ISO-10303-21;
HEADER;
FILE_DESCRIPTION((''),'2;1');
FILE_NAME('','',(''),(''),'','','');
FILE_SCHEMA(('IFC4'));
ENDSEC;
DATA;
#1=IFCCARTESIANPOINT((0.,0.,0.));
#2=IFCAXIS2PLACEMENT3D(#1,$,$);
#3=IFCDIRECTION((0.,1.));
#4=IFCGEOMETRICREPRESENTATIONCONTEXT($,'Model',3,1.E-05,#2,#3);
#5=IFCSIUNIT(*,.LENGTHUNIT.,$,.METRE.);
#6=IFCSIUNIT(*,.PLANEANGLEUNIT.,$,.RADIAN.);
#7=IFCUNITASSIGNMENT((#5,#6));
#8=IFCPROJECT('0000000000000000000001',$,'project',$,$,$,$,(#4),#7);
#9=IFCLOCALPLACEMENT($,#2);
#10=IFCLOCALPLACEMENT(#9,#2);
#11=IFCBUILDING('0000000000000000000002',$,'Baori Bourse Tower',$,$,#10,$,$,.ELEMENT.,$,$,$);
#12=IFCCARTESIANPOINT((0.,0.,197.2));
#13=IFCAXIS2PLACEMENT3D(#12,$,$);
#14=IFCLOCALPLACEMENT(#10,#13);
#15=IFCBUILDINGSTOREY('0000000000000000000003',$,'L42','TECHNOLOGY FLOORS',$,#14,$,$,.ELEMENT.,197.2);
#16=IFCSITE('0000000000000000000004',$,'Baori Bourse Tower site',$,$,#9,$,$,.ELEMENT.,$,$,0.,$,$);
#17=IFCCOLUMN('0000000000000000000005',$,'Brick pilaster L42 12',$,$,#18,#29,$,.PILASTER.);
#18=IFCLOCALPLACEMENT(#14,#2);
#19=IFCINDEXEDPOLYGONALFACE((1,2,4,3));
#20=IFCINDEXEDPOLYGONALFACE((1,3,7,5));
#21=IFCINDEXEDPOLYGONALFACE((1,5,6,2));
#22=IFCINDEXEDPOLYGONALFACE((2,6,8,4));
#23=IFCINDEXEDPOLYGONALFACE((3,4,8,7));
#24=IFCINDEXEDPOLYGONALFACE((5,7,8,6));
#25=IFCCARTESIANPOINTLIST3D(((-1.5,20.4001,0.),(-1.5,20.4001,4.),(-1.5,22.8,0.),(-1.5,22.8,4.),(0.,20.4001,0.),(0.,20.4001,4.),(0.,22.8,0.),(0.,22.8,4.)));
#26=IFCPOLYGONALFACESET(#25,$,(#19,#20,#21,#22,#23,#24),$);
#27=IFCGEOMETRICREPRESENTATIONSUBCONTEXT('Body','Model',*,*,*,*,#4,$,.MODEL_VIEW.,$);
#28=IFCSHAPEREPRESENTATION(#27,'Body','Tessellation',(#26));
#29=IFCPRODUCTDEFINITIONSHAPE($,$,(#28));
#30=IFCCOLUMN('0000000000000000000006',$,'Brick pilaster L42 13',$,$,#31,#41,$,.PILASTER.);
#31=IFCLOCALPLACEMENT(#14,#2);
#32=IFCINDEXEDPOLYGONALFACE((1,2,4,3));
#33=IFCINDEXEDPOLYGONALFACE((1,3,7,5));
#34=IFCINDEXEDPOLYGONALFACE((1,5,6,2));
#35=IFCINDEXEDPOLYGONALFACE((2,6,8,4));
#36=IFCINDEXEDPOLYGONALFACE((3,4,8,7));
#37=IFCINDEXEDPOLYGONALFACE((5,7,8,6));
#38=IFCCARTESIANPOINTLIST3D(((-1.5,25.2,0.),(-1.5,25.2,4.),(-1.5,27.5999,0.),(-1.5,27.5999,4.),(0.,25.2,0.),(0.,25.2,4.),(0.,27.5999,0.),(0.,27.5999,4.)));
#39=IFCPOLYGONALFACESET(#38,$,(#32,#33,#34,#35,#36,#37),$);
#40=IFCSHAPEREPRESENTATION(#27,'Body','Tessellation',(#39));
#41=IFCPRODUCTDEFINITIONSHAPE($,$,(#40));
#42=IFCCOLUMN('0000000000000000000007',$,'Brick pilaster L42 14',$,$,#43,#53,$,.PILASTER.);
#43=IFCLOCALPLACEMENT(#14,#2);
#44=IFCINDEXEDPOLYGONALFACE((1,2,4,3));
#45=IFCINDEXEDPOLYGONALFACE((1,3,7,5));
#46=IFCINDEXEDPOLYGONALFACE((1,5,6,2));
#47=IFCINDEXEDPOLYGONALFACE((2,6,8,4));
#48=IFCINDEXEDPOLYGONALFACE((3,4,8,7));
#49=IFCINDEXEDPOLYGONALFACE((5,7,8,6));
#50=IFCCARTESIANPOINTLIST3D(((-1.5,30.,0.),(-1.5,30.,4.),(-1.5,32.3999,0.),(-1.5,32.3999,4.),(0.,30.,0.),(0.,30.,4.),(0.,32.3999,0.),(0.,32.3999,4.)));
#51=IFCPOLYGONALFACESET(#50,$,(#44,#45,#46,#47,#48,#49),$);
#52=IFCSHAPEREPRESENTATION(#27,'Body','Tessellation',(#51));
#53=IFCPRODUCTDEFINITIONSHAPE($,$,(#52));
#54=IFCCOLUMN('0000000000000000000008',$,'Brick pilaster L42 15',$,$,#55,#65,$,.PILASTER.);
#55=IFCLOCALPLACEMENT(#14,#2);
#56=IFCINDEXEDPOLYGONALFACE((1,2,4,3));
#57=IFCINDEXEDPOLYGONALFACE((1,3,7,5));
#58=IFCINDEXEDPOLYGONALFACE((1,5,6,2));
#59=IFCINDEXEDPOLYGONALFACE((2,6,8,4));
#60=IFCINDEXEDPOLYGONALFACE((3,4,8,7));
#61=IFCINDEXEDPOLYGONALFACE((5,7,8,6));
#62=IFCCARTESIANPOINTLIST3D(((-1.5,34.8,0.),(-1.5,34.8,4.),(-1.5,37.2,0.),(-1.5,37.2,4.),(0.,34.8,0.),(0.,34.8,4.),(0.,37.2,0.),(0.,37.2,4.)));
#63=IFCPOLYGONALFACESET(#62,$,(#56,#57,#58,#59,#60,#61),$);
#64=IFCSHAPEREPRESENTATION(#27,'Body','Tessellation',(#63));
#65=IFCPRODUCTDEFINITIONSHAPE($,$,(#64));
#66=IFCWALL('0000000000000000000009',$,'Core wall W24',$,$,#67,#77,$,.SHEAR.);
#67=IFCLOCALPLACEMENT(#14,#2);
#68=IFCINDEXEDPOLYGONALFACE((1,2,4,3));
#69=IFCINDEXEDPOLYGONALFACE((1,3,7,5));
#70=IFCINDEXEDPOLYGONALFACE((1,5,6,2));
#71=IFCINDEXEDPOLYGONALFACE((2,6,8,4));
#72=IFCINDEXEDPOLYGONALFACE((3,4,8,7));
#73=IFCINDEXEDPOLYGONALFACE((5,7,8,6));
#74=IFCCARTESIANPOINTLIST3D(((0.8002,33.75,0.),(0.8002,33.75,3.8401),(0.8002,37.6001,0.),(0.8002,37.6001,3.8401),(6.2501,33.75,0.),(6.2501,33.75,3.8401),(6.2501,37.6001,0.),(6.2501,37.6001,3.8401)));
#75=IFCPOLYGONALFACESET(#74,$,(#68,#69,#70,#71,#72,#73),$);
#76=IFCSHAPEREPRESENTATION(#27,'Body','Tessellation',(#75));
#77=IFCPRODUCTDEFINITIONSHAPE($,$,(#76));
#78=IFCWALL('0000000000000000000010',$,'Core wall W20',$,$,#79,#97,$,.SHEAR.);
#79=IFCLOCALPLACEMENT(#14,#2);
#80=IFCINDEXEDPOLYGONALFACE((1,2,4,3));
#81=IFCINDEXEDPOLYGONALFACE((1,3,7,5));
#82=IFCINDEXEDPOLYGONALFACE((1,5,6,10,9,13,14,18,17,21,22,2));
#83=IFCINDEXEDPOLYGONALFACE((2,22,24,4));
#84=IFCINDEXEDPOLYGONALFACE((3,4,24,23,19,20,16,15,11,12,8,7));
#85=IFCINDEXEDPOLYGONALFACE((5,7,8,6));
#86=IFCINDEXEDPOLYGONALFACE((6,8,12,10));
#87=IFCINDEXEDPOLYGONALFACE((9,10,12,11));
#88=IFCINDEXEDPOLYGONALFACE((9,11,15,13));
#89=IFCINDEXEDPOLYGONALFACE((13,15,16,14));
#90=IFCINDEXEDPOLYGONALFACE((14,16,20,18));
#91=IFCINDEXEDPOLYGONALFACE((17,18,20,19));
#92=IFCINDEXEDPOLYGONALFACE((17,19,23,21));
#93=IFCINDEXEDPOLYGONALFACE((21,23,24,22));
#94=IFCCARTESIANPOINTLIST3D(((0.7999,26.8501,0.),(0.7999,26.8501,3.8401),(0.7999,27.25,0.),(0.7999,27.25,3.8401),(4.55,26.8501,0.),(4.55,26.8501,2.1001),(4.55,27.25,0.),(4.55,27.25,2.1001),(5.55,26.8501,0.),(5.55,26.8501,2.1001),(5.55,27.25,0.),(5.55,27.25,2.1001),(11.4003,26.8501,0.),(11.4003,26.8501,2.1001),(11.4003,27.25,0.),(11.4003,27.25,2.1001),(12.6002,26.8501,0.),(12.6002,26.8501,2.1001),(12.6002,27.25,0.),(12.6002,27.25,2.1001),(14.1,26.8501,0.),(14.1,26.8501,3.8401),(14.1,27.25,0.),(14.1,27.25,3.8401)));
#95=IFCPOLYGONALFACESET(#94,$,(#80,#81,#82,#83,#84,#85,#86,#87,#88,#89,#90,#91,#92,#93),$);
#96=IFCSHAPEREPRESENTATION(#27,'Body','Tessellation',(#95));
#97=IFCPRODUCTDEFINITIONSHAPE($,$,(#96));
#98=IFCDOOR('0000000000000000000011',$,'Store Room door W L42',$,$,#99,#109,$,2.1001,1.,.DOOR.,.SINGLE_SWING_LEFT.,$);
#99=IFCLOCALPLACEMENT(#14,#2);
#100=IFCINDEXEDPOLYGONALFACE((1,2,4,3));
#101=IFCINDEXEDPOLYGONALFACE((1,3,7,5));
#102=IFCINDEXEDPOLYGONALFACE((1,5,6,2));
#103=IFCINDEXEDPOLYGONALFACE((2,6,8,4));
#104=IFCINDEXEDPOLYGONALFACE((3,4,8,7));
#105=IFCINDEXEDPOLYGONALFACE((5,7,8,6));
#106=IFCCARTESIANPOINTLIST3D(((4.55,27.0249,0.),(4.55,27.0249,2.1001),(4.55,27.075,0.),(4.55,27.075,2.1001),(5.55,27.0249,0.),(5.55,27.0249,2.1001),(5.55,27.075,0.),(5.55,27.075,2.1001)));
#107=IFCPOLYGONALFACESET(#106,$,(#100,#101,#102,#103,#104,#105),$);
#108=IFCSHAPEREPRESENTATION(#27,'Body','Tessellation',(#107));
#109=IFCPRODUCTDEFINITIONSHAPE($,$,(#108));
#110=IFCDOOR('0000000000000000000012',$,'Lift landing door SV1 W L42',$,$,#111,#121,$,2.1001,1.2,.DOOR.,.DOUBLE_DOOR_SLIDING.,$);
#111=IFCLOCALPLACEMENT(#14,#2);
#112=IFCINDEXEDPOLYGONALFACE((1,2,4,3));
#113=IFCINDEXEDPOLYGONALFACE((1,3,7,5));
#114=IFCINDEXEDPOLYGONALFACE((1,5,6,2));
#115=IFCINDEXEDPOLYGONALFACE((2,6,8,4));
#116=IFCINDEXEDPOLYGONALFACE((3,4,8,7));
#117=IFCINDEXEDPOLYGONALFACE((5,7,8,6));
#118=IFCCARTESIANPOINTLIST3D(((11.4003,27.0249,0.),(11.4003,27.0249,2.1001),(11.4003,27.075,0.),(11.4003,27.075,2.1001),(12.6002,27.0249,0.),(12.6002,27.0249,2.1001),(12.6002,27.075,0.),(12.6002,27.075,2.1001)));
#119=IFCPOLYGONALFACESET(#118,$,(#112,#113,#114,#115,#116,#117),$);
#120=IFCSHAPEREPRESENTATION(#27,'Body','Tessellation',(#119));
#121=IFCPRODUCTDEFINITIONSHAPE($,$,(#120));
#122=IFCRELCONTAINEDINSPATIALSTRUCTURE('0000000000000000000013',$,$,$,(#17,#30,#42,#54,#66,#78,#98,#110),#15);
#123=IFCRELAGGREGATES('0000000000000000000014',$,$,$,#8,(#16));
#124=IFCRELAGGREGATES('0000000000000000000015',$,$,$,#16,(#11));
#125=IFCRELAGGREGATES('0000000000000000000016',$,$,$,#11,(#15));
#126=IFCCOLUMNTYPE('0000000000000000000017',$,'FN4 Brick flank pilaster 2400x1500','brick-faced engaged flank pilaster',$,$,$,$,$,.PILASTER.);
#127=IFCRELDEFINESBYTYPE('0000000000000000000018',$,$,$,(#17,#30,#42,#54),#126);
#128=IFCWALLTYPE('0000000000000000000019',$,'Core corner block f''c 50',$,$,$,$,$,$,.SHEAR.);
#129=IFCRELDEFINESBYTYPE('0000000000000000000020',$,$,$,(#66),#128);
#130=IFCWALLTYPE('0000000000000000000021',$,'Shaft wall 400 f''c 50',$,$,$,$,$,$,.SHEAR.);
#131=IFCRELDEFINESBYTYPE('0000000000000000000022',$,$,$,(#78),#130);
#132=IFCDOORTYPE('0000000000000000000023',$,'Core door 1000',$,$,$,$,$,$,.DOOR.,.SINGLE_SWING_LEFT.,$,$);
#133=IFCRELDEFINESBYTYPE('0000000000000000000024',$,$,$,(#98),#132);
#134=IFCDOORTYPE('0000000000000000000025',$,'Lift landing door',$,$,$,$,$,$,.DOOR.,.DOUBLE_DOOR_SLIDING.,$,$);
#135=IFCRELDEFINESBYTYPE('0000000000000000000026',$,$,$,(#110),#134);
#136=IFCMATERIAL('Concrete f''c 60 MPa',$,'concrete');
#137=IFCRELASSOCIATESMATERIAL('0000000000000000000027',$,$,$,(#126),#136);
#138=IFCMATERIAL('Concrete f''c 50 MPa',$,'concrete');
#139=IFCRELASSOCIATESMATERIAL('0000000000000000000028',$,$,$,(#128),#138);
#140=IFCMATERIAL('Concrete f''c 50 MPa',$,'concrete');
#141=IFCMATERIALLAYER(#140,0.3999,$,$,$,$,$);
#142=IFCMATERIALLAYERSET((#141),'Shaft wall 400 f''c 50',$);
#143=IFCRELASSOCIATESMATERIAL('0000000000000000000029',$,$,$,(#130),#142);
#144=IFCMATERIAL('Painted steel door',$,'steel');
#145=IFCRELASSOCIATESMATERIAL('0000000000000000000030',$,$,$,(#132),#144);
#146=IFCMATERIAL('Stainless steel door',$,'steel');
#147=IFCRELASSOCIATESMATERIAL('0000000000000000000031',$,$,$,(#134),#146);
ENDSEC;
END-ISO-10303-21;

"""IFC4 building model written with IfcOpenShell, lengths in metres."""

from ifc_helpers import new_model, si_unit, direction, frame, frame_2d, origin, origin_2d, place, context, subcontext, project, spatial, rectangle, extrude, material, layer, layer_set, material_profile, profile_set, type_object, element, fill, save


model = new_model("IFC4")

# Units and contexts
model_context = context("Model", 3, precision=1e-05, world=origin(), true_north=direction((0.0, 1.0)))
body_context = subcontext(model_context, "Body", "Model", "MODEL_VIEW")
ifc_project = project(units=[si_unit("LENGTHUNIT", "METRE"), si_unit("PLANEANGLEUNIT", "RADIAN")], contexts=[model_context])

# Site, building, storey
site_placement = place(None, origin())
site = spatial("IfcSite", under=ifc_project, at=site_placement, Name="Baori Bourse Tower site", CompositionType="ELEMENT", RefElevation=0.0)
building_placement = place(site_placement, origin())
building = spatial("IfcBuilding", under=site, at=building_placement, Name="Baori Bourse Tower", CompositionType="ELEMENT")
storey_placement = place(building_placement, frame((0.0, 0.0, 197.2)))
storey = spatial("IfcBuildingStorey", under=building, at=storey_placement, Name="L42", Description="TECHNOLOGY FLOORS", CompositionType="ELEMENT", Elevation=197.2)

# Columns
ifc_material_1 = material(Name="Concrete f'c 60 MPa", Category="concrete")
ifc_material_profile = material_profile(ifc_material_1, rectangle(XDim=2.3999, YDim=1.5, at=origin_2d()), Name="RC 2400x1500")
ifc_profile_set = profile_set([ifc_material_profile], Name="Concrete f'c 60 MPa")
column_type = type_object("IfcColumnType", Name="FN4 Brick flank pilaster 2400x1500", Description="brick-faced engaged flank pilaster", PredefinedType="PILASTER", material=ifc_profile_set)
for number, where, z_axis, x_axis, name in (
    (1, (-0.75, 21.6001, 0.0), (0.0, 0.0, 1.0), (0.0, 1.0, 0.0), "Brick pilaster L42 12"),
    (2, (-0.75, 26.3999, 0.0), (0.0, 0.0, 1.0), (0.0, 1.0, 0.0), "Brick pilaster L42 13"),
    (3, (-0.75, 31.2, 0.0), (0.0, 0.0, 1.0), (0.0, 1.0, 0.0), "Brick pilaster L42 14"),
    (4, (-0.75, 36.0, 0.0), (0.0, 0.0, 1.0), (0.0, 1.0, 0.0), "Brick pilaster L42 15"),
):
    element("IfcColumn", number, at=place(storey_placement, frame(where, z_axis=z_axis, x_axis=x_axis)), inside=storey, type_object=column_type, Name=name, PredefinedType="PILASTER", context=body_context, shape_type="SweptSolid", body=[
        extrude(rectangle(XDim=2.3999, YDim=1.5, at=origin_2d()), origin(), (0.0, 0.0, 1.0), 4.0),
    ])

# Wall
ifc_material_2 = material(Name="Concrete f'c 50 MPa", Category="concrete")
wall_type_1 = type_object("IfcWallType", Name="Core corner block f'c 50", PredefinedType="SHEAR", material=ifc_material_2)
wall_1_placement = place(storey_placement, frame((0.8, 35.675, 0.0), z_axis=(0.0, 0.0, 1.0), x_axis=(1.0, 0.0, 0.0)))
element("IfcWall", 5, at=wall_1_placement, inside=storey, type_object=wall_type_1, Name="Core wall W24", PredefinedType="SHEAR", context=body_context, shape_type="SweptSolid", body=[
    extrude(rectangle(XDim=5.45, YDim=3.8501, at=frame_2d((2.7251, 0.0))), origin(), (0.0, 0.0, 1.0), 3.8401),
])

# Wall, openings, doors
ifc_material_3 = material(Name="Concrete f'c 50 MPa", Category="concrete")
ifc_layer_1 = layer(ifc_material_3, 0.3999)
ifc_layer_set_1 = layer_set([ifc_layer_1], Name="Shaft wall 400 f'c 50")
wall_type_2 = type_object("IfcWallType", Name="Shaft wall 400 f'c 50", PredefinedType="SHEAR", material=ifc_layer_set_1)
wall_2_placement = place(storey_placement, frame((0.8, 27.05, 0.0), z_axis=(0.0, 0.0, 1.0), x_axis=(1.0, 0.0, 0.0)))
wall_2 = element("IfcWall", 6, at=wall_2_placement, inside=storey, type_object=wall_type_2, Name="Core wall W20", PredefinedType="SHEAR", context=body_context, shape_type="SweptSolid", body=[
    extrude(rectangle(XDim=13.3, YDim=0.3999, at=frame_2d((6.6499, 0.0))), origin(), (0.0, 0.0, 1.0), 3.8401),
])
opening_1_placement = place(wall_2_placement, frame((3.75, 0.0, 0.0)))
opening_1 = element("IfcOpeningElement", 7, at=opening_1_placement, cuts=wall_2, PredefinedType="OPENING", context=body_context, shape_type="SweptSolid", body=[
    extrude(rectangle(XDim=1.0, YDim=2.1001, at=frame_2d((0.5, 1.05))), frame((0.0, 0.21, 0.0), z_axis=(0.0, -1.0, 0.0), x_axis=(1.0, 0.0, 0.0)), (0.0, 0.0, 1.0), 0.4199),
])
opening_2_placement = place(wall_2_placement, frame((10.6001, 0.0, 0.0)))
opening_2 = element("IfcOpeningElement", 8, at=opening_2_placement, cuts=wall_2, PredefinedType="OPENING", context=body_context, shape_type="SweptSolid", body=[
    extrude(rectangle(XDim=1.2, YDim=2.1001, at=frame_2d((0.6001, 1.05))), frame((0.0, 0.21, 0.0), z_axis=(0.0, -1.0, 0.0), x_axis=(1.0, 0.0, 0.0)), (0.0, 0.0, 1.0), 0.4199),
])
ifc_material_4 = material(Name="Painted steel door", Category="steel")
door_type_1 = type_object("IfcDoorType", Name="Core door 1000", OperationType="SINGLE_SWING_LEFT", PredefinedType="DOOR", material=ifc_material_4)
door_1_placement = place(opening_1_placement, origin())
door_1 = element("IfcDoor", 9, at=door_1_placement, inside=storey, type_object=door_type_1, Name="Store Room door W L42", OperationType="SINGLE_SWING_LEFT", OverallHeight=2.1001, OverallWidth=1.0, PredefinedType="DOOR", context=body_context, shape_type="SweptSolid", body=[
    extrude(rectangle(XDim=1.0, YDim=2.1001, at=frame_2d((0.5, 1.05))), frame((0.0, 0.0249, 0.0), z_axis=(0.0, -1.0, 0.0), x_axis=(1.0, 0.0, 0.0)), (0.0, 0.0, 1.0), 0.05),
])
fill(opening_1, door_1)
ifc_material_5 = material(Name="Stainless steel door", Category="steel")
door_type_2 = type_object("IfcDoorType", Name="Lift landing door", OperationType="DOUBLE_DOOR_SLIDING", PredefinedType="DOOR", material=ifc_material_5)
door_2_placement = place(opening_2_placement, origin())
door_2 = element("IfcDoor", 10, at=door_2_placement, inside=storey, type_object=door_type_2, Name="Lift landing door SV1 W L42", OperationType="DOUBLE_DOOR_SLIDING", OverallHeight=2.1001, OverallWidth=1.2, PredefinedType="DOOR", context=body_context, shape_type="SweptSolid", body=[
    extrude(rectangle(XDim=1.2, YDim=2.1001, at=frame_2d((0.6001, 1.05))), frame((0.0, 0.0249, 0.0), z_axis=(0.0, -1.0, 0.0), x_axis=(1.0, 0.0, 0.0)), (0.0, 0.0, 1.0), 0.05),
])
fill(opening_2, door_2)

save(model, "model.ifc")
